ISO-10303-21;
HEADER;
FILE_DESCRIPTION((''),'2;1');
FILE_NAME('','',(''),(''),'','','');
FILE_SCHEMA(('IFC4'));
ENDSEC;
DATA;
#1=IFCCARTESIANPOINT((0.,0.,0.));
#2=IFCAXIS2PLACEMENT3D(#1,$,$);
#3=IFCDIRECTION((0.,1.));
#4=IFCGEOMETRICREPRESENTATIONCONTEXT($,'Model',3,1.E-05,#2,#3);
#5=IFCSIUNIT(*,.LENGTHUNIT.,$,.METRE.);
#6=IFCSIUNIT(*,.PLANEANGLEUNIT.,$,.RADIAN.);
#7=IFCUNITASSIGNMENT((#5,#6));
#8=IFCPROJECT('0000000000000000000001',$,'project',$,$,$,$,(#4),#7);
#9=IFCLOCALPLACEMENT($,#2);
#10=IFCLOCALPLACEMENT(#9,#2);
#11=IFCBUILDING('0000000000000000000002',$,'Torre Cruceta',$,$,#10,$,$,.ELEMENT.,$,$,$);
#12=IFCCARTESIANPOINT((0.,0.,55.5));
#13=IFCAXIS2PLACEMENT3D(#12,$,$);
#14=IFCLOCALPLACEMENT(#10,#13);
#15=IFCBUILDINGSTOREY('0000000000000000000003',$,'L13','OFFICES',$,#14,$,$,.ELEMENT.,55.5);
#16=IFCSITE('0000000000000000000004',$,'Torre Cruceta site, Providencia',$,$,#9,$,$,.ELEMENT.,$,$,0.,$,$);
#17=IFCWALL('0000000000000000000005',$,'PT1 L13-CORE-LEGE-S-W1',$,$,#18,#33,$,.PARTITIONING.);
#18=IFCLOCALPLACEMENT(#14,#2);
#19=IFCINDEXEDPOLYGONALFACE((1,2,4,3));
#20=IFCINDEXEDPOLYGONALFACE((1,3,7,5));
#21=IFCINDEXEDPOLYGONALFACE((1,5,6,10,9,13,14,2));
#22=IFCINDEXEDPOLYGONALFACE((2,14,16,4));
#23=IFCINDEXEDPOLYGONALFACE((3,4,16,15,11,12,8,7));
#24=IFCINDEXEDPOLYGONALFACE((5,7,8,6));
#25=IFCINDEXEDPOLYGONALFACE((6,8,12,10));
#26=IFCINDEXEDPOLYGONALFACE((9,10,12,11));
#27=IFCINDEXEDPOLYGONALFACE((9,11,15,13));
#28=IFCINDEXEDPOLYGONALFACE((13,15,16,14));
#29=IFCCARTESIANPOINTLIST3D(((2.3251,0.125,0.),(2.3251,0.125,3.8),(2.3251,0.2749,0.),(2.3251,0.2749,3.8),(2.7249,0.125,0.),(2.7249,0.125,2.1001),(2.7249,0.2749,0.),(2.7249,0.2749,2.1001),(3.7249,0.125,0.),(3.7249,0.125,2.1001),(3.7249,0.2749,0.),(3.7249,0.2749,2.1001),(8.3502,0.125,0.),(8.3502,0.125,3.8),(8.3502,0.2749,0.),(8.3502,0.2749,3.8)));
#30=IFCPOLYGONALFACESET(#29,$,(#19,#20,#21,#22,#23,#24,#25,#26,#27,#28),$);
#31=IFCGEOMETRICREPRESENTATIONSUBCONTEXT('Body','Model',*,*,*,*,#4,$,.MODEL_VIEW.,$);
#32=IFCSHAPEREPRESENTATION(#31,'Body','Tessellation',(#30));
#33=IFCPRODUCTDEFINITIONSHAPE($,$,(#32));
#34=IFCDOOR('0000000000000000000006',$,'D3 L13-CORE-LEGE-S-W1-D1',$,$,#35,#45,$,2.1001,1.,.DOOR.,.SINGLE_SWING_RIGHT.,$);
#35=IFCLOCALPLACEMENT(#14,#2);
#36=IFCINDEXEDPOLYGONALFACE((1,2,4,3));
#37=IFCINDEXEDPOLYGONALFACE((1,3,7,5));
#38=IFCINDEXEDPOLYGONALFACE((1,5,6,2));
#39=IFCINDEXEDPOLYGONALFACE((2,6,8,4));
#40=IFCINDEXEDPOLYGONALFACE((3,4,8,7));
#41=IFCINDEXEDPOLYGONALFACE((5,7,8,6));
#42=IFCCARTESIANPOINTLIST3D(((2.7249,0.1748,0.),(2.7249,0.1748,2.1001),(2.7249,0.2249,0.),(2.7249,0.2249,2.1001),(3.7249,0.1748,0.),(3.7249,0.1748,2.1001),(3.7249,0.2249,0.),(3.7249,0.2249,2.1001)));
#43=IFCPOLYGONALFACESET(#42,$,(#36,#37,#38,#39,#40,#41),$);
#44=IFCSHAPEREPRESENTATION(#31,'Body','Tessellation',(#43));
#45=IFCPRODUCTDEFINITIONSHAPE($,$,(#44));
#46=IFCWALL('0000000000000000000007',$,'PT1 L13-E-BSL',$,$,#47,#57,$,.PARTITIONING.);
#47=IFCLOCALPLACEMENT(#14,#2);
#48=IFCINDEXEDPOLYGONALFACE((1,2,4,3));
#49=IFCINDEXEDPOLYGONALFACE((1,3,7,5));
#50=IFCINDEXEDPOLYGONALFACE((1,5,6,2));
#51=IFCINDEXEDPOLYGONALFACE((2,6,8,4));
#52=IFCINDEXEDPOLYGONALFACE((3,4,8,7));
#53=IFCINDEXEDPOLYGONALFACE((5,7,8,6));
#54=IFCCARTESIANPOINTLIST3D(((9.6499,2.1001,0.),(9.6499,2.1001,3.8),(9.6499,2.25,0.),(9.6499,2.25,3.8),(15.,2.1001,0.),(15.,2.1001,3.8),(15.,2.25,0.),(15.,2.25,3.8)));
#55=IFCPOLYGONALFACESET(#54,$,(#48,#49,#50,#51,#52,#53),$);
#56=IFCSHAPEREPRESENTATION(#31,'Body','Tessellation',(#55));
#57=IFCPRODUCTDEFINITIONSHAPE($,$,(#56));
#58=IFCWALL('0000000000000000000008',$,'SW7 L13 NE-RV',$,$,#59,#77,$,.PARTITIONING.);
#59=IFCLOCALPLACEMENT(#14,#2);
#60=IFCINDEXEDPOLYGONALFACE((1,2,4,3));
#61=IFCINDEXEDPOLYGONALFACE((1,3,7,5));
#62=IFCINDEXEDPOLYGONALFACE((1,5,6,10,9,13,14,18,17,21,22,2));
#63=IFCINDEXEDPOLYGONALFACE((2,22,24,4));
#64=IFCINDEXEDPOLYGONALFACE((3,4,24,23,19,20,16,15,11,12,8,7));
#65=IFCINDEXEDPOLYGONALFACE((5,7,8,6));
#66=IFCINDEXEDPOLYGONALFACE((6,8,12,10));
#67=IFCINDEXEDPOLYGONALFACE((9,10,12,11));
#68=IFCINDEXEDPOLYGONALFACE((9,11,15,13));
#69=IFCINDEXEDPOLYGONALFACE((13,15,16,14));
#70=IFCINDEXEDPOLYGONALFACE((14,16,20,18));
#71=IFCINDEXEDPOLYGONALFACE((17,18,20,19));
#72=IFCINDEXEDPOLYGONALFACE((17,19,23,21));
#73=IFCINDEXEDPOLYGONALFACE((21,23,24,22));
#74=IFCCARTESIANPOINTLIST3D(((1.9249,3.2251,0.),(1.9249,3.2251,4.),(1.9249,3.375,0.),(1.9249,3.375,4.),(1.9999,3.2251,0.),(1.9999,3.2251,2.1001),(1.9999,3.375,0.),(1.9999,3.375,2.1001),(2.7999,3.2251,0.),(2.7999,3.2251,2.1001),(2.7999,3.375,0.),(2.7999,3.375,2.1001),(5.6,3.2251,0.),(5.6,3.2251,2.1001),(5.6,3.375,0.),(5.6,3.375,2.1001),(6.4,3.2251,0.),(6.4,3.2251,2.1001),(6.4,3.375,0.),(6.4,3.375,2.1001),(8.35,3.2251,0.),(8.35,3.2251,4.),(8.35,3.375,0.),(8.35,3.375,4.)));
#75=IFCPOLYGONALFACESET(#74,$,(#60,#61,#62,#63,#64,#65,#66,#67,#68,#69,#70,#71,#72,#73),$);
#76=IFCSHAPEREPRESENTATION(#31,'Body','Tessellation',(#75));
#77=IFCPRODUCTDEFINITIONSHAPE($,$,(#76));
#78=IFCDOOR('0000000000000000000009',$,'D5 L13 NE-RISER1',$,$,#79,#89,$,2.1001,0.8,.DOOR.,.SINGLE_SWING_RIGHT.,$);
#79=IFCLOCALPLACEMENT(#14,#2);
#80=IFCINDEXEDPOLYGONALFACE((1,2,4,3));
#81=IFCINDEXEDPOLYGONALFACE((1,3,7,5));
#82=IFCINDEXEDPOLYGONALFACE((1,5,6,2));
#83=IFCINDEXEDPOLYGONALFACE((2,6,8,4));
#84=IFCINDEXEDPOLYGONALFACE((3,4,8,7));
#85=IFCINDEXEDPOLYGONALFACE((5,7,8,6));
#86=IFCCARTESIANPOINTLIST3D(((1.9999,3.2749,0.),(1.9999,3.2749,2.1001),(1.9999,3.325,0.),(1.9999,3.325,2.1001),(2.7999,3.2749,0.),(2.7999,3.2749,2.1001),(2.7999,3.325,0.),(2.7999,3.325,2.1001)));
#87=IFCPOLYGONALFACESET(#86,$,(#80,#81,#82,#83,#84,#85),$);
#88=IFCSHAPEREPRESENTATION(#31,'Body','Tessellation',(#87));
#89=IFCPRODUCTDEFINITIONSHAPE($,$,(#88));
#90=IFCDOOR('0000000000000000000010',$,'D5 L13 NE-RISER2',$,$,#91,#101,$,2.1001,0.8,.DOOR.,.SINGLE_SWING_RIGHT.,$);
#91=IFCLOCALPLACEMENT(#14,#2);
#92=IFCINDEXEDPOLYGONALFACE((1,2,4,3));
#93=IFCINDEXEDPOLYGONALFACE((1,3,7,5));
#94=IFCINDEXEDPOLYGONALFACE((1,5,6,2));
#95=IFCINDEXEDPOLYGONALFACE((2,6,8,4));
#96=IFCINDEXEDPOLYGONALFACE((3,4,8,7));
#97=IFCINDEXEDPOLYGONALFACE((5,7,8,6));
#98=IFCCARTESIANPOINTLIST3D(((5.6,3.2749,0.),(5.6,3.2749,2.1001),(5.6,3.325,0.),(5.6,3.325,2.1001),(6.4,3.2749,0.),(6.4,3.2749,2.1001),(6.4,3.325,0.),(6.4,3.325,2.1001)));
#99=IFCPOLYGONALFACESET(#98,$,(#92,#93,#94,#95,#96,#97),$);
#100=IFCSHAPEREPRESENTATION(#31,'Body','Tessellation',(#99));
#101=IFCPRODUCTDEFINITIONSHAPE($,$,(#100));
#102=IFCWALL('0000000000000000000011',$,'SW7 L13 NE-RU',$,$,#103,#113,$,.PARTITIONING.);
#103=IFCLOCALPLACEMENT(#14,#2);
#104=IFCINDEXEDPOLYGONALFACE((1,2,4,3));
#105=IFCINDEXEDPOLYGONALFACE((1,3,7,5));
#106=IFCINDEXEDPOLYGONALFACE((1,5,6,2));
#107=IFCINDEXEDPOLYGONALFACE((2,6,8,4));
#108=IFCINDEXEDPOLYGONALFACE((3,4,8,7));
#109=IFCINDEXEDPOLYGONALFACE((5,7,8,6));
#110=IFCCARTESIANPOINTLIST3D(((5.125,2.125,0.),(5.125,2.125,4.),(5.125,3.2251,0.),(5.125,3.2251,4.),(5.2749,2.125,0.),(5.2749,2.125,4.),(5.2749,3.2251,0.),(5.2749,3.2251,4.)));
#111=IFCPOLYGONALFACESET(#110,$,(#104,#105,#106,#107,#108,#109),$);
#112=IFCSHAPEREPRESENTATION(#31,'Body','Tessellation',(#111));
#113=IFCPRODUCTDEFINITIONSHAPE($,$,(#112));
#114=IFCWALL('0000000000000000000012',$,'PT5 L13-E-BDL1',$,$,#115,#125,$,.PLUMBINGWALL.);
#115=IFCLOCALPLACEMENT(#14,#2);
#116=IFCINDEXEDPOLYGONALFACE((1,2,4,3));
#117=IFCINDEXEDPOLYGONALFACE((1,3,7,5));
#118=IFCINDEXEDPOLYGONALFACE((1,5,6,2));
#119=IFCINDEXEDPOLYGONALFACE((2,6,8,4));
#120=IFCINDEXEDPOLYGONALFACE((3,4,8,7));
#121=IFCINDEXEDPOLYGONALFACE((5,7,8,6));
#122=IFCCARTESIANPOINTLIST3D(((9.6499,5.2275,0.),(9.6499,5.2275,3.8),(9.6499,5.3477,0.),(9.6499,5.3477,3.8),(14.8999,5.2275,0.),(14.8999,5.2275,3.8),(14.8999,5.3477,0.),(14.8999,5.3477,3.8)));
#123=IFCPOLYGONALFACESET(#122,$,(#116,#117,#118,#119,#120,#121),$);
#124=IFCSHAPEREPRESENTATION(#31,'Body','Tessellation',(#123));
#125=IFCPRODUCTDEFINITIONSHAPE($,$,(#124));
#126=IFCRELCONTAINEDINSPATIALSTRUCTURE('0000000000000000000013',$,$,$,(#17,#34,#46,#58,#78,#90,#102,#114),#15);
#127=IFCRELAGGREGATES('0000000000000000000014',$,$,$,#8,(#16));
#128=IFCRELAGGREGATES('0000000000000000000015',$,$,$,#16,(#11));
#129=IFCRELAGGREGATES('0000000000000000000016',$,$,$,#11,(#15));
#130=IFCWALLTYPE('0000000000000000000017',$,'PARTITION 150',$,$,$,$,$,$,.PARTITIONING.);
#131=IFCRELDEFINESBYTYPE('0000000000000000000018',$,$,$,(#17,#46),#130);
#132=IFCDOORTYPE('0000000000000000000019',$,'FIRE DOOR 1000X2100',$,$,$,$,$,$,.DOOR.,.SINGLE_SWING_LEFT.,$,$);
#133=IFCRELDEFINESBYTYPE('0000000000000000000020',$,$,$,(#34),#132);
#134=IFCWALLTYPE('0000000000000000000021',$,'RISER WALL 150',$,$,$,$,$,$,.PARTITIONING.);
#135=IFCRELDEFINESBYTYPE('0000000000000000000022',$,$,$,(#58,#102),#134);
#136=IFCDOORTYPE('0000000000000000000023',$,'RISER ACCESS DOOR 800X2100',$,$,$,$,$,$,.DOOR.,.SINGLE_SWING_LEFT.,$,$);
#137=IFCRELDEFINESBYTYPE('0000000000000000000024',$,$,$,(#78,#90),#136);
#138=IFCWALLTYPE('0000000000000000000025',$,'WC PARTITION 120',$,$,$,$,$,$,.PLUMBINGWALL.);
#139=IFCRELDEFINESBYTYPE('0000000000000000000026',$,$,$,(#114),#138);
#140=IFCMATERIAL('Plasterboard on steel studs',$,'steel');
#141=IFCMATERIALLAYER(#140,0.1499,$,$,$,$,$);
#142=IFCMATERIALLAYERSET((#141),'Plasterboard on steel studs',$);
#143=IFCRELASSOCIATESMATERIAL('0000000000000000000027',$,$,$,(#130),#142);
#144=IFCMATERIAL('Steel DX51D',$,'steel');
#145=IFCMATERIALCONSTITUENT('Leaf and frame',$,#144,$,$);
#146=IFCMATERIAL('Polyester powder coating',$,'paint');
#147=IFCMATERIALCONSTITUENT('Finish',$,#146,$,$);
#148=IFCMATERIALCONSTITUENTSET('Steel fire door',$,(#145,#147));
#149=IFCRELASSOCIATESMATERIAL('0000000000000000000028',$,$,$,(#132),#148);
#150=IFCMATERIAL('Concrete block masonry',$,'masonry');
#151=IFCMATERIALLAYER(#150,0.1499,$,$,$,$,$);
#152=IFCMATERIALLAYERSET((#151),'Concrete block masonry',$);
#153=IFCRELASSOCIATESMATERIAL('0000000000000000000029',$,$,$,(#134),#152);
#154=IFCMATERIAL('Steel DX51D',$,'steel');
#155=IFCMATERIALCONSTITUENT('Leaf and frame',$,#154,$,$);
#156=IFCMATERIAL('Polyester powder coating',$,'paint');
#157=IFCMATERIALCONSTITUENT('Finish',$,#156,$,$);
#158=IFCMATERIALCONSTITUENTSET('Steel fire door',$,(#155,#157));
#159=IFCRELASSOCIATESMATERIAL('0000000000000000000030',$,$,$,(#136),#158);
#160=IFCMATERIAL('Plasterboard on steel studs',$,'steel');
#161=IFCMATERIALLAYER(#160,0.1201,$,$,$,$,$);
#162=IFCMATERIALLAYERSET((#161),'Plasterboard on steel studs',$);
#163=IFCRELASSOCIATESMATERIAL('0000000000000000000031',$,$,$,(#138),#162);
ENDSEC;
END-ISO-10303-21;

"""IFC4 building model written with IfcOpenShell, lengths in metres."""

from ifc_helpers import new_model, si_unit, direction, frame, frame_2d, origin, place, context, subcontext, project, spatial, rectangle, extrude, material, layer, layer_set, constituent, constituent_set, type_object, element, fill, save


model = new_model("IFC4")

# Units and contexts
model_context = context("Model", 3, precision=1e-05, world=origin(), true_north=direction((0.0, 1.0)))
body_context = subcontext(model_context, "Body", "Model", "MODEL_VIEW")
ifc_project = project(units=[si_unit("LENGTHUNIT", "METRE"), si_unit("PLANEANGLEUNIT", "RADIAN")], contexts=[model_context])

# Site, building, storey
site_placement = place(None, origin())
site = spatial("IfcSite", under=ifc_project, at=site_placement, Name="Torre Cruceta site, Providencia", CompositionType="ELEMENT", RefElevation=0.0)
building_placement = place(site_placement, origin())
building = spatial("IfcBuilding", under=site, at=building_placement, Name="Torre Cruceta", CompositionType="ELEMENT")
storey_placement = place(building_placement, frame((0.0, 0.0, 55.5)))
storey = spatial("IfcBuildingStorey", under=building, at=storey_placement, Name="L13", Description="OFFICES", CompositionType="ELEMENT", Elevation=55.5)

# Wall, opening, door
ifc_material_1 = material(Name="Plasterboard on steel studs", Category="steel")
ifc_layer_1 = layer(ifc_material_1, 0.1499)
ifc_layer_set_1 = layer_set([ifc_layer_1], Name="Plasterboard on steel studs")
wall_type_1 = type_object("IfcWallType", Name="PARTITION 150", PredefinedType="PARTITIONING", material=ifc_layer_set_1)
wall_1_placement = place(storey_placement, frame((2.325, 0.2, 0.0), z_axis=(0.0, 0.0, 1.0), x_axis=(1.0, 0.0, 0.0)))
wall_1 = element("IfcWall", 1, at=wall_1_placement, inside=storey, type_object=wall_type_1, Name="PT1 L13-CORE-LEGE-S-W1", PredefinedType="PARTITIONING", context=body_context, shape_type="SweptSolid", body=[
    extrude(rectangle(XDim=6.0251, YDim=0.1499, at=frame_2d((3.0127, 0.0))), origin(), (0.0, 0.0, 1.0), 3.8),
])
opening_1_placement = place(wall_1_placement, frame((0.3999, 0.0, 0.0)))
opening_1 = element("IfcOpeningElement", 2, at=opening_1_placement, cuts=wall_1, PredefinedType="OPENING", context=body_context, shape_type="SweptSolid", body=[
    extrude(rectangle(XDim=1.0, YDim=2.1001, at=frame_2d((0.5, 1.05))), frame((0.0, 0.085, 0.0), z_axis=(0.0, -1.0, 0.0), x_axis=(1.0, 0.0, 0.0)), (0.0, 0.0, 1.0), 0.1699),
])
ifc_material_2 = material(Name="Steel DX51D", Category="steel")
ifc_constituent_1 = constituent(ifc_material_2, Name="Leaf and frame")
ifc_material_3 = material(Name="Polyester powder coating", Category="paint")
ifc_constituent_2 = constituent(ifc_material_3, Name="Finish")
ifc_constituent_set_1 = constituent_set(constituents=[ifc_constituent_1, ifc_constituent_2], Name="Steel fire door")
door_type_1 = type_object("IfcDoorType", Name="FIRE DOOR 1000X2100", OperationType="SINGLE_SWING_LEFT", PredefinedType="DOOR", material=ifc_constituent_set_1)
door_1_placement = place(opening_1_placement, frame((1.0, 0.0, 0.0), z_axis=(0.0, 0.0, 1.0), x_axis=(-1.0, 0.0, 0.0)))
door_1 = element("IfcDoor", 3, at=door_1_placement, inside=storey, type_object=door_type_1, Name="D3 L13-CORE-LEGE-S-W1-D1", OperationType="SINGLE_SWING_RIGHT", OverallHeight=2.1001, OverallWidth=1.0, PredefinedType="DOOR", context=body_context, shape_type="SweptSolid", body=[
    extrude(rectangle(XDim=1.0, YDim=2.1001, at=frame_2d((0.5, 1.05))), frame((0.0, 0.0251, 0.0), z_axis=(0.0, -1.0, 0.0), x_axis=(1.0, 0.0, 0.0)), (0.0, 0.0, 1.0), 0.05),
])
fill(opening_1, door_1)

# Wall
wall_2_placement = place(storey_placement, frame((9.6499, 2.175, 0.0), z_axis=(0.0, 0.0, 1.0), x_axis=(1.0, 0.0, 0.0)))
element("IfcWall", 4, at=wall_2_placement, inside=storey, type_object=wall_type_1, Name="PT1 L13-E-BSL", PredefinedType="PARTITIONING", context=body_context, shape_type="SweptSolid", body=[
    extrude(rectangle(XDim=5.3501, YDim=0.1499, at=frame_2d((2.675, 0.0))), origin(), (0.0, 0.0, 1.0), 3.8),
])

# Wall, openings, doors
ifc_material_4 = material(Name="Concrete block masonry", Category="masonry")
ifc_layer_2 = layer(ifc_material_4, 0.1499)
ifc_layer_set_2 = layer_set([ifc_layer_2], Name="Concrete block masonry")
wall_type_2 = type_object("IfcWallType", Name="RISER WALL 150", PredefinedType="PARTITIONING", material=ifc_layer_set_2)
wall_3_placement = place(storey_placement, frame((1.925, 3.3, 0.0), z_axis=(0.0, 0.0, 1.0), x_axis=(1.0, 0.0, 0.0)))
wall_3 = element("IfcWall", 5, at=wall_3_placement, inside=storey, type_object=wall_type_2, Name="SW7 L13 NE-RV", PredefinedType="PARTITIONING", context=body_context, shape_type="SweptSolid", body=[
    extrude(rectangle(XDim=6.425, YDim=0.1499, at=frame_2d((3.2124, 0.0))), origin(), (0.0, 0.0, 1.0), 4.0),
])
opening_2_placement = place(wall_3_placement, frame((0.075, 0.0, 0.0)))
opening_2 = element("IfcOpeningElement", 6, at=opening_2_placement, cuts=wall_3, PredefinedType="OPENING", context=body_context, shape_type="SweptSolid", body=[
    extrude(rectangle(XDim=0.8, YDim=2.1001, at=frame_2d((0.3999, 1.05))), frame((0.0, 0.085, 0.0), z_axis=(0.0, -1.0, 0.0), x_axis=(1.0, 0.0, 0.0)), (0.0, 0.0, 1.0), 0.1699),
])
opening_3_placement = place(wall_3_placement, frame((3.675, 0.0, 0.0)))
opening_3 = element("IfcOpeningElement", 7, at=opening_3_placement, cuts=wall_3, PredefinedType="OPENING", context=body_context, shape_type="SweptSolid", body=[
    extrude(rectangle(XDim=0.8, YDim=2.1001, at=frame_2d((0.3999, 1.05))), frame((0.0, 0.085, 0.0), z_axis=(0.0, -1.0, 0.0), x_axis=(1.0, 0.0, 0.0)), (0.0, 0.0, 1.0), 0.1699),
])
ifc_material_5 = material(Name="Steel DX51D", Category="steel")
ifc_constituent_3 = constituent(ifc_material_5, Name="Leaf and frame")
ifc_material_6 = material(Name="Polyester powder coating", Category="paint")
ifc_constituent_4 = constituent(ifc_material_6, Name="Finish")
ifc_constituent_set_2 = constituent_set(constituents=[ifc_constituent_3, ifc_constituent_4], Name="Steel fire door")
door_type_2 = type_object("IfcDoorType", Name="RISER ACCESS DOOR 800X2100", OperationType="SINGLE_SWING_LEFT", PredefinedType="DOOR", material=ifc_constituent_set_2)
door_2_placement = place(opening_2_placement, frame((0.8, 0.0, 0.0), z_axis=(0.0, 0.0, 1.0), x_axis=(-1.0, 0.0, 0.0)))
door_2 = element("IfcDoor", 8, at=door_2_placement, inside=storey, type_object=door_type_2, Name="D5 L13 NE-RISER1", OperationType="SINGLE_SWING_RIGHT", OverallHeight=2.1001, OverallWidth=0.8, PredefinedType="DOOR", context=body_context, shape_type="SweptSolid", body=[
    extrude(rectangle(XDim=0.8, YDim=2.1001, at=frame_2d((0.4001, 1.05))), frame((0.0, 0.0251, 0.0), z_axis=(0.0, -1.0, 0.0), x_axis=(1.0, 0.0, 0.0)), (0.0, 0.0, 1.0), 0.05),
])
fill(opening_2, door_2)
door_3_placement = place(opening_3_placement, frame((0.8, 0.0, 0.0), z_axis=(0.0, 0.0, 1.0), x_axis=(-1.0, 0.0, 0.0)))
door_3 = element("IfcDoor", 9, at=door_3_placement, inside=storey, type_object=door_type_2, Name="D5 L13 NE-RISER2", OperationType="SINGLE_SWING_RIGHT", OverallHeight=2.1001, OverallWidth=0.8, PredefinedType="DOOR", context=body_context, shape_type="SweptSolid", body=[
    extrude(rectangle(XDim=0.8, YDim=2.1001, at=frame_2d((0.4001, 1.05))), frame((0.0, 0.0251, 0.0), z_axis=(0.0, -1.0, 0.0), x_axis=(1.0, 0.0, 0.0)), (0.0, 0.0, 1.0), 0.05),
])
fill(opening_3, door_3)

# Walls
wall_4_placement = place(storey_placement, frame((5.2, 2.125, 0.0), z_axis=(0.0, 0.0, 1.0), x_axis=(0.0, 1.0, 0.0)))
element("IfcWall", 10, at=wall_4_placement, inside=storey, type_object=wall_type_2, Name="SW7 L13 NE-RU", PredefinedType="PARTITIONING", context=body_context, shape_type="SweptSolid", body=[
    extrude(rectangle(XDim=1.1001, YDim=0.1499, at=frame_2d((0.55, 0.0))), origin(), (0.0, 0.0, 1.0), 4.0),
])
ifc_material_7 = material(Name="Plasterboard on steel studs", Category="steel")
ifc_layer_3 = layer(ifc_material_7, 0.1201)
ifc_layer_set_3 = layer_set([ifc_layer_3], Name="Plasterboard on steel studs")
wall_type_3 = type_object("IfcWallType", Name="WC PARTITION 120", PredefinedType="PLUMBINGWALL", material=ifc_layer_set_3)
wall_5_placement = place(storey_placement, frame((9.6499, 5.2876, 0.0), z_axis=(0.0, 0.0, 1.0), x_axis=(1.0, 0.0, 0.0)))
element("IfcWall", 11, at=wall_5_placement, inside=storey, type_object=wall_type_3, Name="PT5 L13-E-BDL1", PredefinedType="PLUMBINGWALL", context=body_context, shape_type="SweptSolid", body=[
    extrude(rectangle(XDim=5.25, YDim=0.1201, at=frame_2d((2.625, 0.0))), origin(), (0.0, 0.0, 1.0), 3.8),
])

save(model, "model.ifc")
